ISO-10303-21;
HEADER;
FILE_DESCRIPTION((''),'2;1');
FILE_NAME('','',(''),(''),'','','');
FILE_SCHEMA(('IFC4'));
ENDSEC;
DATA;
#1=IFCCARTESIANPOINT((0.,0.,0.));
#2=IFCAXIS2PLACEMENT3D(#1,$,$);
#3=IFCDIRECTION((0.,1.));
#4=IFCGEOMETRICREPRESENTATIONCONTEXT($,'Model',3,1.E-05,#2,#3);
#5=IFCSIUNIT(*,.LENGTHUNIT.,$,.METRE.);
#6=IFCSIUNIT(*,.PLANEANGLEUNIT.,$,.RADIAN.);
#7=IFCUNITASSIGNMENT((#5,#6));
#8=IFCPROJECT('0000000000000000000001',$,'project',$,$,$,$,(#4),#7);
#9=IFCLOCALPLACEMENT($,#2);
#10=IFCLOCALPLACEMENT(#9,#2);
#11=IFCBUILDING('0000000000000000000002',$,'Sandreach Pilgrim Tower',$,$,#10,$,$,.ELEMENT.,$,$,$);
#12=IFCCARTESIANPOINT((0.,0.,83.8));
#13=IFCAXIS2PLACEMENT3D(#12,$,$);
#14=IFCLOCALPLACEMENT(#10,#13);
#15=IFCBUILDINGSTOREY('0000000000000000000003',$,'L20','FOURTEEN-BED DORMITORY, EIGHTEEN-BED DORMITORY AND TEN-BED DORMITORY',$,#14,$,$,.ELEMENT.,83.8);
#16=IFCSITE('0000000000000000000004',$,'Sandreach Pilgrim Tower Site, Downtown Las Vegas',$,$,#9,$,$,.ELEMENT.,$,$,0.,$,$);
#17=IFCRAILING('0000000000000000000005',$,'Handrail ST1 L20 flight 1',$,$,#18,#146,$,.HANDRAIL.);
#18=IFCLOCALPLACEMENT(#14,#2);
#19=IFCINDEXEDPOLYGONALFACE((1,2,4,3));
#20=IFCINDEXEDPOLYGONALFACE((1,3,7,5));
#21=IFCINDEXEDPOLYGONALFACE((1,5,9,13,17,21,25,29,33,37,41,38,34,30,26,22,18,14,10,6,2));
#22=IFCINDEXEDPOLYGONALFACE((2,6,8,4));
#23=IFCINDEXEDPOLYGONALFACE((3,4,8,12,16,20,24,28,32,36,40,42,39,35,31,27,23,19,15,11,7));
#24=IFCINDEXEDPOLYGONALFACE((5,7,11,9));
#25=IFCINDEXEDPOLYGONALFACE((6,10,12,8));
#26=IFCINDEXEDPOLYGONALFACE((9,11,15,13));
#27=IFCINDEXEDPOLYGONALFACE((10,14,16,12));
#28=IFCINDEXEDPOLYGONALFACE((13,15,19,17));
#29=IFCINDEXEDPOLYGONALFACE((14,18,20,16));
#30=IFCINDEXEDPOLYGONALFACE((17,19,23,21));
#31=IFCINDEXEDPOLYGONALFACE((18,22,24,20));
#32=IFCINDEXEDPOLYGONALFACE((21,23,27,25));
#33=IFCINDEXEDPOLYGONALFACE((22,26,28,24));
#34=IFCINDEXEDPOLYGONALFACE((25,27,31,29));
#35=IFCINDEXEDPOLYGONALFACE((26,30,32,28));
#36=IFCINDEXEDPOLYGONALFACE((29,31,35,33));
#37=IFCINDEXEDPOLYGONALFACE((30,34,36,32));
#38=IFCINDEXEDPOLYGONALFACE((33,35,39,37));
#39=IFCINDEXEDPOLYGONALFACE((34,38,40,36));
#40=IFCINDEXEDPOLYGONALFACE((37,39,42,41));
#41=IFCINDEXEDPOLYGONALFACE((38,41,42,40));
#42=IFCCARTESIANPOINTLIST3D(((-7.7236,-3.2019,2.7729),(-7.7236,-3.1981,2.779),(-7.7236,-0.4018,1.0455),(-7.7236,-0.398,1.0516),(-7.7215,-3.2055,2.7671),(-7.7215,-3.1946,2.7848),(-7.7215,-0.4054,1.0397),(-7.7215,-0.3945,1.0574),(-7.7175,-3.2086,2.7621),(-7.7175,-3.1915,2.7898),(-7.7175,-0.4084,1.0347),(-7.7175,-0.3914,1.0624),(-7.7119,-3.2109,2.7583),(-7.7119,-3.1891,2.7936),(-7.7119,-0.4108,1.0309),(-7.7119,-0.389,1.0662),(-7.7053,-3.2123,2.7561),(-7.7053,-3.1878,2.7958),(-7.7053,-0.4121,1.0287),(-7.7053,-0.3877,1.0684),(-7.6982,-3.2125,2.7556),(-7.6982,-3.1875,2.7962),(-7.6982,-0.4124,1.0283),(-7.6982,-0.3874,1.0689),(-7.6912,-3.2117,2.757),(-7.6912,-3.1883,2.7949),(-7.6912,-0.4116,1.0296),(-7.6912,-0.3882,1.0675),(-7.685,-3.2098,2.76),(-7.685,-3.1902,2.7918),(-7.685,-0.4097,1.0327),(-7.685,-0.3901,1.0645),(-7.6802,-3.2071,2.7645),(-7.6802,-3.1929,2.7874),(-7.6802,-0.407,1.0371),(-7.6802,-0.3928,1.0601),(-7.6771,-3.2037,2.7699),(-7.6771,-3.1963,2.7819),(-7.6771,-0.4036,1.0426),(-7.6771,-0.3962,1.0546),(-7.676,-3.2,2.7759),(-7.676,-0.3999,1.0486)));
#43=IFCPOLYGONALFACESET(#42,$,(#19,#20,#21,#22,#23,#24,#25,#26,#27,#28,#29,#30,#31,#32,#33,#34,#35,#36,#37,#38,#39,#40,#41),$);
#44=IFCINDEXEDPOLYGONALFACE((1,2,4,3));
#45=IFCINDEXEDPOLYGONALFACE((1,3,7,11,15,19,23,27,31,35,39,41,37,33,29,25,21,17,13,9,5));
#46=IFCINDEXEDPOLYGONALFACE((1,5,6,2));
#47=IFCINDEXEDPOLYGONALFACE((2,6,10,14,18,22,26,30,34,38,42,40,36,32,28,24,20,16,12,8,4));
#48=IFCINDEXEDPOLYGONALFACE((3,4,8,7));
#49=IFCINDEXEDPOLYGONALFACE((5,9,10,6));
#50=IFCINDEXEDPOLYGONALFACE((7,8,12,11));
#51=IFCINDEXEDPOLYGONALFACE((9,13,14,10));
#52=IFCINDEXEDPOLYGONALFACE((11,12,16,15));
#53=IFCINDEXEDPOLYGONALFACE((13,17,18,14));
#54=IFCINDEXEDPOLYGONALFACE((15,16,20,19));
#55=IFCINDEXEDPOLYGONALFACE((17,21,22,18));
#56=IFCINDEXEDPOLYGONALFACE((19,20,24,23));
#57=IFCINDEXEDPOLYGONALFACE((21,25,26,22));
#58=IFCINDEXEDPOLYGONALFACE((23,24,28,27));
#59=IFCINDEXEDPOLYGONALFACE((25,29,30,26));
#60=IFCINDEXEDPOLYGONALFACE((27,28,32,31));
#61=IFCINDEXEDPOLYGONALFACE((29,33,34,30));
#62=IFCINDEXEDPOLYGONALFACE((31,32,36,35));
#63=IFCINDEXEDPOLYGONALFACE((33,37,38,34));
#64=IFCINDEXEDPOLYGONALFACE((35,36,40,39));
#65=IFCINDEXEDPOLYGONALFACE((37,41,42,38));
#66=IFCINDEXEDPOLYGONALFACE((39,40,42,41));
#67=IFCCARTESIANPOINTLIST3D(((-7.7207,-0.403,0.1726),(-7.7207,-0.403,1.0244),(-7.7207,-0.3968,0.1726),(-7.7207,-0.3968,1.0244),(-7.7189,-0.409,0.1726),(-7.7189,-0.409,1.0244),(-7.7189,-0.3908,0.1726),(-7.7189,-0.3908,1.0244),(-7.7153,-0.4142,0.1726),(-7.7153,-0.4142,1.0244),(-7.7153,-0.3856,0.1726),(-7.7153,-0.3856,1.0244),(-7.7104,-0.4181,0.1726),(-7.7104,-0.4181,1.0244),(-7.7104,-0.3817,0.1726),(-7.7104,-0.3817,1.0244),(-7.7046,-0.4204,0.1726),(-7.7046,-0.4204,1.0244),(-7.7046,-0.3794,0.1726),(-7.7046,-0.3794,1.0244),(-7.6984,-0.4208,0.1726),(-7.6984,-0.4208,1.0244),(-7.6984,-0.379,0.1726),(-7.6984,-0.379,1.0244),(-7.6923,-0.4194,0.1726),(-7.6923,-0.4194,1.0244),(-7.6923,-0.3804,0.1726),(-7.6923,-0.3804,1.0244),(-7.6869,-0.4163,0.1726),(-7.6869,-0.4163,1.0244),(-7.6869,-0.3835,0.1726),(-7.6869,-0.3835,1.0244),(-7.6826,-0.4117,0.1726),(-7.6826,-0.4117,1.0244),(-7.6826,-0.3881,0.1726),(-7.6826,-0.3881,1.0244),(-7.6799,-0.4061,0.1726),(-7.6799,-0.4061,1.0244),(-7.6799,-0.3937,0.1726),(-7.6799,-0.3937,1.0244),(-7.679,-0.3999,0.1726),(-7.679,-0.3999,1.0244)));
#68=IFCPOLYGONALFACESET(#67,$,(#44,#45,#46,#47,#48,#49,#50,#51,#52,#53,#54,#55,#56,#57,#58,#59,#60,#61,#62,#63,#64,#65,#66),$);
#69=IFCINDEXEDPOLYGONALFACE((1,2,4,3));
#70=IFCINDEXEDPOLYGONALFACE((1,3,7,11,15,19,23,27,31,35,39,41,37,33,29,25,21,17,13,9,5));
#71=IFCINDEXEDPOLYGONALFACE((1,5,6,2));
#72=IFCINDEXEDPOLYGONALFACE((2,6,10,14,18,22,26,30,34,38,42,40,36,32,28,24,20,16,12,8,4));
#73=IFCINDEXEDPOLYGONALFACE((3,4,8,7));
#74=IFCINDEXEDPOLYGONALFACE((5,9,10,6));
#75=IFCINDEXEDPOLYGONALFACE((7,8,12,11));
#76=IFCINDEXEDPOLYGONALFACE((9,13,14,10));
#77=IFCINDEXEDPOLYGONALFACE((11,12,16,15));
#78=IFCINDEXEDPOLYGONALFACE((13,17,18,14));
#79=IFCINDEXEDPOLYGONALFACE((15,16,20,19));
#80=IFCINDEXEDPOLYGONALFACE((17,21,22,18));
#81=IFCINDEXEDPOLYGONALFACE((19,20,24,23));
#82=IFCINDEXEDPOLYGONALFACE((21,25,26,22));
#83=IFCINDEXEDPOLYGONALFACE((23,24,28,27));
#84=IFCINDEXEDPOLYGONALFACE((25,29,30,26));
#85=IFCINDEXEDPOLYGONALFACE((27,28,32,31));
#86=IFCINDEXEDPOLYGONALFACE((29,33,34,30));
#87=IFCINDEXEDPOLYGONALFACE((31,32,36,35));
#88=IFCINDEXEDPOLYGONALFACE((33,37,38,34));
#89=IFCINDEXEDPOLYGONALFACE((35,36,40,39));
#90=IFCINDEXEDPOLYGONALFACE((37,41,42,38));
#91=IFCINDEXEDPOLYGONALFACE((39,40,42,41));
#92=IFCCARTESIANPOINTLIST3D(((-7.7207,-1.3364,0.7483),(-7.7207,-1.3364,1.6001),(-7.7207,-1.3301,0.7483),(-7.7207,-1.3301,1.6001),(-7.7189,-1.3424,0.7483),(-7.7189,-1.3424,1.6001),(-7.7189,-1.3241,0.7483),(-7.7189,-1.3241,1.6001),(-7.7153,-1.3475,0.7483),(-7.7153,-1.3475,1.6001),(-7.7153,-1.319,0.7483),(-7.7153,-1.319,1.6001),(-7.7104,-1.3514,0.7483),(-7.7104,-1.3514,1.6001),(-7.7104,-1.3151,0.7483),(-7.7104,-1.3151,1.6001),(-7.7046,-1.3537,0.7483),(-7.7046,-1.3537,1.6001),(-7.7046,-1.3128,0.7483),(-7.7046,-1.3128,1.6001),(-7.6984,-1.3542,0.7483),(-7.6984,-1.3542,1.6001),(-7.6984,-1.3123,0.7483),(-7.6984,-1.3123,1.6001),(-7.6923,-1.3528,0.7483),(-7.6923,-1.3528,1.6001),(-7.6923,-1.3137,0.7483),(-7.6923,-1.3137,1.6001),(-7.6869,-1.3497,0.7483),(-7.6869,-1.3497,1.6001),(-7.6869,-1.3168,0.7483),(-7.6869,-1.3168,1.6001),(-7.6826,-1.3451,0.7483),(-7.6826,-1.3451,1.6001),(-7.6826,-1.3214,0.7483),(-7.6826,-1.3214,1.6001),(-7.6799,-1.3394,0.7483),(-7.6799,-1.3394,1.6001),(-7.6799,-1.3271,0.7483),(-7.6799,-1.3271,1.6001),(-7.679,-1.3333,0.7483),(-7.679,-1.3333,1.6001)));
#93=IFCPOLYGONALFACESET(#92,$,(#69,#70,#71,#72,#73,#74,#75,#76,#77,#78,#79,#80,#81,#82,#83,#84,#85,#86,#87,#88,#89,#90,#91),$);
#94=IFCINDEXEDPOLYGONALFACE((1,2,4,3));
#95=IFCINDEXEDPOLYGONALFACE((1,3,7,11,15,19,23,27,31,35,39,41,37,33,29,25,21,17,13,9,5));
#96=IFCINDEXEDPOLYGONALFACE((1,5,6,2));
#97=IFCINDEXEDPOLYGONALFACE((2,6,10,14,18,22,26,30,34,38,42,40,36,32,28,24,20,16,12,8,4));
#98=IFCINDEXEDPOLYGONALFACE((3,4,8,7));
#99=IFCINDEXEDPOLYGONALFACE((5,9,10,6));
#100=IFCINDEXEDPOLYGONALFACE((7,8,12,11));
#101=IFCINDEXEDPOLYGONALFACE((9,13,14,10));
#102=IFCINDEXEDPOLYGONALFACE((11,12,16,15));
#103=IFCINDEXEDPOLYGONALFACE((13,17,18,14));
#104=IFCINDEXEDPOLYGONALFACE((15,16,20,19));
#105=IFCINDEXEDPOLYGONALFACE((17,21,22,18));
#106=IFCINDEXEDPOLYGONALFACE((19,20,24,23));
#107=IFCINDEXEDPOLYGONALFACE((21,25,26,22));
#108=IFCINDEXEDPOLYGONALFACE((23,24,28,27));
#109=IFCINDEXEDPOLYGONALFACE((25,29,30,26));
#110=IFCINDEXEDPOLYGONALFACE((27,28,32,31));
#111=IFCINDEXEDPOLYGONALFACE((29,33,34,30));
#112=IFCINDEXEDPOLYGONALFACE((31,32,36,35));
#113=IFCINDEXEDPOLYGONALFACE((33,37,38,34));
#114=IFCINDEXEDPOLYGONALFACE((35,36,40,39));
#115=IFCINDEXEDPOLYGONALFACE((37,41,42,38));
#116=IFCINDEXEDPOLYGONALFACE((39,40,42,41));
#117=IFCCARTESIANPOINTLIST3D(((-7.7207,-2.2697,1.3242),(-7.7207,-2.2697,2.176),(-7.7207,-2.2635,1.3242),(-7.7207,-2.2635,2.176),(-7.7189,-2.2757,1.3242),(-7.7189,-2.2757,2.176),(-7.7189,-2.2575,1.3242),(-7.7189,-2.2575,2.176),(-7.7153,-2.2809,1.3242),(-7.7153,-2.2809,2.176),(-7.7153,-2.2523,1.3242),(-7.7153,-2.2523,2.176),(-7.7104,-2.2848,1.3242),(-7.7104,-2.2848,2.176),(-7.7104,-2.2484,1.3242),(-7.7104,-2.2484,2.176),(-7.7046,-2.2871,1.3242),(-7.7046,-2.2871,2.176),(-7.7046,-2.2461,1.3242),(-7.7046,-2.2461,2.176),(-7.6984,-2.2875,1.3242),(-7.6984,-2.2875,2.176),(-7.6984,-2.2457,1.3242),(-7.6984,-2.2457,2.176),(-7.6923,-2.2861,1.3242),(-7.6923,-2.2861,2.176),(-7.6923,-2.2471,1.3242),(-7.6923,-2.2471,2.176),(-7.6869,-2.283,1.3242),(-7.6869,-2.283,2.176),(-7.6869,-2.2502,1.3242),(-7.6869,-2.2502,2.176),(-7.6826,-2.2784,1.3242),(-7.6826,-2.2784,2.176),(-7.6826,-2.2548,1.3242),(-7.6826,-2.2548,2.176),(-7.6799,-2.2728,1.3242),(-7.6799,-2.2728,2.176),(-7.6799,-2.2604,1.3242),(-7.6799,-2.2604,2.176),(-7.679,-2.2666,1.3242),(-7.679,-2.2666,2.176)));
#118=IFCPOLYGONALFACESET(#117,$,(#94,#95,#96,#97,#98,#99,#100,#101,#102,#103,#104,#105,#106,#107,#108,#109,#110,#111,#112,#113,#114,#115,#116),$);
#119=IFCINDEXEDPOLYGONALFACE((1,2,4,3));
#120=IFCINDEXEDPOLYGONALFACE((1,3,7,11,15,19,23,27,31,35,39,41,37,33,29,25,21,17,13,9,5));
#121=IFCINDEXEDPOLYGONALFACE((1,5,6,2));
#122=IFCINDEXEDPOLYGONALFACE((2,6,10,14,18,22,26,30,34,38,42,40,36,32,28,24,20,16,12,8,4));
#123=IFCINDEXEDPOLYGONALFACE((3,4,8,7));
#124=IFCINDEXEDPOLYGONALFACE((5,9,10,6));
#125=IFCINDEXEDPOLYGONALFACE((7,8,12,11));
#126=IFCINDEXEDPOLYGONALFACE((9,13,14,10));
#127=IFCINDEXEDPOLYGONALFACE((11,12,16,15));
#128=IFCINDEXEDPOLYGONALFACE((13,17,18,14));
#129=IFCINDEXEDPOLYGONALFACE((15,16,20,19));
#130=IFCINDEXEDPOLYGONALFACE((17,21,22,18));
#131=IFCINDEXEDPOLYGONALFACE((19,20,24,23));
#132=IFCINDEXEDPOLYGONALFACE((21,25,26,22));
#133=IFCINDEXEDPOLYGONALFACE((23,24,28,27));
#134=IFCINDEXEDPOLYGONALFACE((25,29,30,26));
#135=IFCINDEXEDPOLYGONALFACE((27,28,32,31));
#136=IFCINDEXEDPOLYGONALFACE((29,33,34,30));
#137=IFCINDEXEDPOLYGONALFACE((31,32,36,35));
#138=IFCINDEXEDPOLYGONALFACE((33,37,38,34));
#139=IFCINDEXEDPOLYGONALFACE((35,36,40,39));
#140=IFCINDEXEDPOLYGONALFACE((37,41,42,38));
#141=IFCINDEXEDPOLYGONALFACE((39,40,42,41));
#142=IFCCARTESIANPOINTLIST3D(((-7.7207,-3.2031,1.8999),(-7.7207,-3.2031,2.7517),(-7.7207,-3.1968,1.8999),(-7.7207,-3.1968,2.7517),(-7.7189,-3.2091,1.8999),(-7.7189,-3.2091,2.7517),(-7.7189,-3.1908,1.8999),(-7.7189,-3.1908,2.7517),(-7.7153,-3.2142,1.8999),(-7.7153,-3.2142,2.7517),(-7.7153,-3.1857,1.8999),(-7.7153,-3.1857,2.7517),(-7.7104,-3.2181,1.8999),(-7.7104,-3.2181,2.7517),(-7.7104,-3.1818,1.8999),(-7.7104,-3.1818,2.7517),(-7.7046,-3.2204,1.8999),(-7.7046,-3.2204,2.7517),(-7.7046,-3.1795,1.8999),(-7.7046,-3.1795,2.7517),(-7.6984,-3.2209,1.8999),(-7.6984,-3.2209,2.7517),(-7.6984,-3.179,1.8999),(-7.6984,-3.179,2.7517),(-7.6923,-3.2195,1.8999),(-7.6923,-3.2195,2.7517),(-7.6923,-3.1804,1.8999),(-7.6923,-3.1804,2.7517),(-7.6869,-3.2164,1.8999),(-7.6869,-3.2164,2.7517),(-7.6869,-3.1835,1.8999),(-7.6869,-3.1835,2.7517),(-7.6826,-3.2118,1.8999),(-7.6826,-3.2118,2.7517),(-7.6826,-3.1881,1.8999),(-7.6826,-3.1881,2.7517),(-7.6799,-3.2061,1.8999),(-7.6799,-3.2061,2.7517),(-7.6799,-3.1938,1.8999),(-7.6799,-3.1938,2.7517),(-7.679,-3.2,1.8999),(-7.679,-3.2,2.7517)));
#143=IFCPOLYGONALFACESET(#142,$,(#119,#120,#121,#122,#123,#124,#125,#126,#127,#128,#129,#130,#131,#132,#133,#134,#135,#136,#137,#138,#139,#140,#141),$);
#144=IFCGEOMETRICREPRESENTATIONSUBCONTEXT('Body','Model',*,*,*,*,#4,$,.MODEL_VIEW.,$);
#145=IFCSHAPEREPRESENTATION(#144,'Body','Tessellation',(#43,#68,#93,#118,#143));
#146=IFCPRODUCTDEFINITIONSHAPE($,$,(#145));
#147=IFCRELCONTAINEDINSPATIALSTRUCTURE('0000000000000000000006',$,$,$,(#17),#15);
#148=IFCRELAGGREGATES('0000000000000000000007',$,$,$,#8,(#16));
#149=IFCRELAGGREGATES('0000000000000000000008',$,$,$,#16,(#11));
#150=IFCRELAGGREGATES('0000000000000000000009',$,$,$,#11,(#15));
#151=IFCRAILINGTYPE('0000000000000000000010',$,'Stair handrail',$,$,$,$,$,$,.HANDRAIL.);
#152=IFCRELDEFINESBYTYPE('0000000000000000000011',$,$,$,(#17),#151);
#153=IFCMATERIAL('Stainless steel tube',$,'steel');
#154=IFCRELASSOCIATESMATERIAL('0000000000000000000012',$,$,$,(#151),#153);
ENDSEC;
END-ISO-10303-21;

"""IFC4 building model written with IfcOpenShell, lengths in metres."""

from ifc_helpers import new_model, si_unit, direction, frame, origin, origin_2d, place, context, subcontext, project, spatial, circle, extrude, material, type_object, element, save


model = new_model("IFC4")

# Units and contexts
model_context = context("Model", 3, precision=1e-05, world=origin(), true_north=direction((0.0, 1.0)))
body_context = subcontext(model_context, "Body", "Model", "MODEL_VIEW")
ifc_project = project(units=[si_unit("LENGTHUNIT", "METRE"), si_unit("PLANEANGLEUNIT", "RADIAN")], contexts=[model_context])

# Site, building, storey
site_placement = place(None, origin())
site = spatial("IfcSite", under=ifc_project, at=site_placement, Name="Sandreach Pilgrim Tower Site, Downtown Las Vegas", CompositionType="ELEMENT", RefElevation=0.0)
building_placement = place(site_placement, origin())
building = spatial("IfcBuilding", under=site, at=building_placement, Name="Sandreach Pilgrim Tower", CompositionType="ELEMENT")
storey_placement = place(building_placement, frame((0.0, 0.0, 83.8)))
storey = spatial("IfcBuildingStorey", under=building, at=storey_placement, Name="L20", Description="FOURTEEN-BED DORMITORY, EIGHTEEN-BED DORMITORY AND TEN-BED DORMITORY", CompositionType="ELEMENT", Elevation=83.8)

# Railing
ifc_material_1 = material(Name="Stainless steel tube", Category="steel")
railing_type = type_object("IfcRailingType", Name="Stair handrail", PredefinedType="HANDRAIL", material=ifc_material_1)
for number, where, name in (
    (1, (-7.7, -0.3999, 0.1726), "Handrail ST1 L20 flight 1"),
):
    element("IfcRailing", number, at=place(storey_placement, frame(where)), inside=storey, type_object=railing_type, Name=name, PredefinedType="HANDRAIL", context=body_context, shape_type="SweptSolid", body=[
        extrude(circle(Radius=0.0239, at=origin_2d()), frame((0.0, 0.0, 0.876), z_axis=(0.0, -0.85109, 0.52502), x_axis=(1.0, 0.0, 0.0)), (0.0, 0.0, 1.0), 3.29),
        extrude(circle(Radius=0.021, at=origin_2d()), origin(), (0.0, 0.0, 1.0), 0.8518),
        extrude(circle(Radius=0.021, at=origin_2d()), frame((0.0, -0.9333, 0.5757)), (0.0, 0.0, 1.0), 0.8518),
        extrude(circle(Radius=0.021, at=origin_2d()), frame((0.0, -1.8667, 1.1516)), (0.0, 0.0, 1.0), 0.8518),
        extrude(circle(Radius=0.021, at=origin_2d()), frame((0.0, -2.8, 1.7273)), (0.0, 0.0, 1.0), 0.8518),
    ])

save(model, "model.ifc")
